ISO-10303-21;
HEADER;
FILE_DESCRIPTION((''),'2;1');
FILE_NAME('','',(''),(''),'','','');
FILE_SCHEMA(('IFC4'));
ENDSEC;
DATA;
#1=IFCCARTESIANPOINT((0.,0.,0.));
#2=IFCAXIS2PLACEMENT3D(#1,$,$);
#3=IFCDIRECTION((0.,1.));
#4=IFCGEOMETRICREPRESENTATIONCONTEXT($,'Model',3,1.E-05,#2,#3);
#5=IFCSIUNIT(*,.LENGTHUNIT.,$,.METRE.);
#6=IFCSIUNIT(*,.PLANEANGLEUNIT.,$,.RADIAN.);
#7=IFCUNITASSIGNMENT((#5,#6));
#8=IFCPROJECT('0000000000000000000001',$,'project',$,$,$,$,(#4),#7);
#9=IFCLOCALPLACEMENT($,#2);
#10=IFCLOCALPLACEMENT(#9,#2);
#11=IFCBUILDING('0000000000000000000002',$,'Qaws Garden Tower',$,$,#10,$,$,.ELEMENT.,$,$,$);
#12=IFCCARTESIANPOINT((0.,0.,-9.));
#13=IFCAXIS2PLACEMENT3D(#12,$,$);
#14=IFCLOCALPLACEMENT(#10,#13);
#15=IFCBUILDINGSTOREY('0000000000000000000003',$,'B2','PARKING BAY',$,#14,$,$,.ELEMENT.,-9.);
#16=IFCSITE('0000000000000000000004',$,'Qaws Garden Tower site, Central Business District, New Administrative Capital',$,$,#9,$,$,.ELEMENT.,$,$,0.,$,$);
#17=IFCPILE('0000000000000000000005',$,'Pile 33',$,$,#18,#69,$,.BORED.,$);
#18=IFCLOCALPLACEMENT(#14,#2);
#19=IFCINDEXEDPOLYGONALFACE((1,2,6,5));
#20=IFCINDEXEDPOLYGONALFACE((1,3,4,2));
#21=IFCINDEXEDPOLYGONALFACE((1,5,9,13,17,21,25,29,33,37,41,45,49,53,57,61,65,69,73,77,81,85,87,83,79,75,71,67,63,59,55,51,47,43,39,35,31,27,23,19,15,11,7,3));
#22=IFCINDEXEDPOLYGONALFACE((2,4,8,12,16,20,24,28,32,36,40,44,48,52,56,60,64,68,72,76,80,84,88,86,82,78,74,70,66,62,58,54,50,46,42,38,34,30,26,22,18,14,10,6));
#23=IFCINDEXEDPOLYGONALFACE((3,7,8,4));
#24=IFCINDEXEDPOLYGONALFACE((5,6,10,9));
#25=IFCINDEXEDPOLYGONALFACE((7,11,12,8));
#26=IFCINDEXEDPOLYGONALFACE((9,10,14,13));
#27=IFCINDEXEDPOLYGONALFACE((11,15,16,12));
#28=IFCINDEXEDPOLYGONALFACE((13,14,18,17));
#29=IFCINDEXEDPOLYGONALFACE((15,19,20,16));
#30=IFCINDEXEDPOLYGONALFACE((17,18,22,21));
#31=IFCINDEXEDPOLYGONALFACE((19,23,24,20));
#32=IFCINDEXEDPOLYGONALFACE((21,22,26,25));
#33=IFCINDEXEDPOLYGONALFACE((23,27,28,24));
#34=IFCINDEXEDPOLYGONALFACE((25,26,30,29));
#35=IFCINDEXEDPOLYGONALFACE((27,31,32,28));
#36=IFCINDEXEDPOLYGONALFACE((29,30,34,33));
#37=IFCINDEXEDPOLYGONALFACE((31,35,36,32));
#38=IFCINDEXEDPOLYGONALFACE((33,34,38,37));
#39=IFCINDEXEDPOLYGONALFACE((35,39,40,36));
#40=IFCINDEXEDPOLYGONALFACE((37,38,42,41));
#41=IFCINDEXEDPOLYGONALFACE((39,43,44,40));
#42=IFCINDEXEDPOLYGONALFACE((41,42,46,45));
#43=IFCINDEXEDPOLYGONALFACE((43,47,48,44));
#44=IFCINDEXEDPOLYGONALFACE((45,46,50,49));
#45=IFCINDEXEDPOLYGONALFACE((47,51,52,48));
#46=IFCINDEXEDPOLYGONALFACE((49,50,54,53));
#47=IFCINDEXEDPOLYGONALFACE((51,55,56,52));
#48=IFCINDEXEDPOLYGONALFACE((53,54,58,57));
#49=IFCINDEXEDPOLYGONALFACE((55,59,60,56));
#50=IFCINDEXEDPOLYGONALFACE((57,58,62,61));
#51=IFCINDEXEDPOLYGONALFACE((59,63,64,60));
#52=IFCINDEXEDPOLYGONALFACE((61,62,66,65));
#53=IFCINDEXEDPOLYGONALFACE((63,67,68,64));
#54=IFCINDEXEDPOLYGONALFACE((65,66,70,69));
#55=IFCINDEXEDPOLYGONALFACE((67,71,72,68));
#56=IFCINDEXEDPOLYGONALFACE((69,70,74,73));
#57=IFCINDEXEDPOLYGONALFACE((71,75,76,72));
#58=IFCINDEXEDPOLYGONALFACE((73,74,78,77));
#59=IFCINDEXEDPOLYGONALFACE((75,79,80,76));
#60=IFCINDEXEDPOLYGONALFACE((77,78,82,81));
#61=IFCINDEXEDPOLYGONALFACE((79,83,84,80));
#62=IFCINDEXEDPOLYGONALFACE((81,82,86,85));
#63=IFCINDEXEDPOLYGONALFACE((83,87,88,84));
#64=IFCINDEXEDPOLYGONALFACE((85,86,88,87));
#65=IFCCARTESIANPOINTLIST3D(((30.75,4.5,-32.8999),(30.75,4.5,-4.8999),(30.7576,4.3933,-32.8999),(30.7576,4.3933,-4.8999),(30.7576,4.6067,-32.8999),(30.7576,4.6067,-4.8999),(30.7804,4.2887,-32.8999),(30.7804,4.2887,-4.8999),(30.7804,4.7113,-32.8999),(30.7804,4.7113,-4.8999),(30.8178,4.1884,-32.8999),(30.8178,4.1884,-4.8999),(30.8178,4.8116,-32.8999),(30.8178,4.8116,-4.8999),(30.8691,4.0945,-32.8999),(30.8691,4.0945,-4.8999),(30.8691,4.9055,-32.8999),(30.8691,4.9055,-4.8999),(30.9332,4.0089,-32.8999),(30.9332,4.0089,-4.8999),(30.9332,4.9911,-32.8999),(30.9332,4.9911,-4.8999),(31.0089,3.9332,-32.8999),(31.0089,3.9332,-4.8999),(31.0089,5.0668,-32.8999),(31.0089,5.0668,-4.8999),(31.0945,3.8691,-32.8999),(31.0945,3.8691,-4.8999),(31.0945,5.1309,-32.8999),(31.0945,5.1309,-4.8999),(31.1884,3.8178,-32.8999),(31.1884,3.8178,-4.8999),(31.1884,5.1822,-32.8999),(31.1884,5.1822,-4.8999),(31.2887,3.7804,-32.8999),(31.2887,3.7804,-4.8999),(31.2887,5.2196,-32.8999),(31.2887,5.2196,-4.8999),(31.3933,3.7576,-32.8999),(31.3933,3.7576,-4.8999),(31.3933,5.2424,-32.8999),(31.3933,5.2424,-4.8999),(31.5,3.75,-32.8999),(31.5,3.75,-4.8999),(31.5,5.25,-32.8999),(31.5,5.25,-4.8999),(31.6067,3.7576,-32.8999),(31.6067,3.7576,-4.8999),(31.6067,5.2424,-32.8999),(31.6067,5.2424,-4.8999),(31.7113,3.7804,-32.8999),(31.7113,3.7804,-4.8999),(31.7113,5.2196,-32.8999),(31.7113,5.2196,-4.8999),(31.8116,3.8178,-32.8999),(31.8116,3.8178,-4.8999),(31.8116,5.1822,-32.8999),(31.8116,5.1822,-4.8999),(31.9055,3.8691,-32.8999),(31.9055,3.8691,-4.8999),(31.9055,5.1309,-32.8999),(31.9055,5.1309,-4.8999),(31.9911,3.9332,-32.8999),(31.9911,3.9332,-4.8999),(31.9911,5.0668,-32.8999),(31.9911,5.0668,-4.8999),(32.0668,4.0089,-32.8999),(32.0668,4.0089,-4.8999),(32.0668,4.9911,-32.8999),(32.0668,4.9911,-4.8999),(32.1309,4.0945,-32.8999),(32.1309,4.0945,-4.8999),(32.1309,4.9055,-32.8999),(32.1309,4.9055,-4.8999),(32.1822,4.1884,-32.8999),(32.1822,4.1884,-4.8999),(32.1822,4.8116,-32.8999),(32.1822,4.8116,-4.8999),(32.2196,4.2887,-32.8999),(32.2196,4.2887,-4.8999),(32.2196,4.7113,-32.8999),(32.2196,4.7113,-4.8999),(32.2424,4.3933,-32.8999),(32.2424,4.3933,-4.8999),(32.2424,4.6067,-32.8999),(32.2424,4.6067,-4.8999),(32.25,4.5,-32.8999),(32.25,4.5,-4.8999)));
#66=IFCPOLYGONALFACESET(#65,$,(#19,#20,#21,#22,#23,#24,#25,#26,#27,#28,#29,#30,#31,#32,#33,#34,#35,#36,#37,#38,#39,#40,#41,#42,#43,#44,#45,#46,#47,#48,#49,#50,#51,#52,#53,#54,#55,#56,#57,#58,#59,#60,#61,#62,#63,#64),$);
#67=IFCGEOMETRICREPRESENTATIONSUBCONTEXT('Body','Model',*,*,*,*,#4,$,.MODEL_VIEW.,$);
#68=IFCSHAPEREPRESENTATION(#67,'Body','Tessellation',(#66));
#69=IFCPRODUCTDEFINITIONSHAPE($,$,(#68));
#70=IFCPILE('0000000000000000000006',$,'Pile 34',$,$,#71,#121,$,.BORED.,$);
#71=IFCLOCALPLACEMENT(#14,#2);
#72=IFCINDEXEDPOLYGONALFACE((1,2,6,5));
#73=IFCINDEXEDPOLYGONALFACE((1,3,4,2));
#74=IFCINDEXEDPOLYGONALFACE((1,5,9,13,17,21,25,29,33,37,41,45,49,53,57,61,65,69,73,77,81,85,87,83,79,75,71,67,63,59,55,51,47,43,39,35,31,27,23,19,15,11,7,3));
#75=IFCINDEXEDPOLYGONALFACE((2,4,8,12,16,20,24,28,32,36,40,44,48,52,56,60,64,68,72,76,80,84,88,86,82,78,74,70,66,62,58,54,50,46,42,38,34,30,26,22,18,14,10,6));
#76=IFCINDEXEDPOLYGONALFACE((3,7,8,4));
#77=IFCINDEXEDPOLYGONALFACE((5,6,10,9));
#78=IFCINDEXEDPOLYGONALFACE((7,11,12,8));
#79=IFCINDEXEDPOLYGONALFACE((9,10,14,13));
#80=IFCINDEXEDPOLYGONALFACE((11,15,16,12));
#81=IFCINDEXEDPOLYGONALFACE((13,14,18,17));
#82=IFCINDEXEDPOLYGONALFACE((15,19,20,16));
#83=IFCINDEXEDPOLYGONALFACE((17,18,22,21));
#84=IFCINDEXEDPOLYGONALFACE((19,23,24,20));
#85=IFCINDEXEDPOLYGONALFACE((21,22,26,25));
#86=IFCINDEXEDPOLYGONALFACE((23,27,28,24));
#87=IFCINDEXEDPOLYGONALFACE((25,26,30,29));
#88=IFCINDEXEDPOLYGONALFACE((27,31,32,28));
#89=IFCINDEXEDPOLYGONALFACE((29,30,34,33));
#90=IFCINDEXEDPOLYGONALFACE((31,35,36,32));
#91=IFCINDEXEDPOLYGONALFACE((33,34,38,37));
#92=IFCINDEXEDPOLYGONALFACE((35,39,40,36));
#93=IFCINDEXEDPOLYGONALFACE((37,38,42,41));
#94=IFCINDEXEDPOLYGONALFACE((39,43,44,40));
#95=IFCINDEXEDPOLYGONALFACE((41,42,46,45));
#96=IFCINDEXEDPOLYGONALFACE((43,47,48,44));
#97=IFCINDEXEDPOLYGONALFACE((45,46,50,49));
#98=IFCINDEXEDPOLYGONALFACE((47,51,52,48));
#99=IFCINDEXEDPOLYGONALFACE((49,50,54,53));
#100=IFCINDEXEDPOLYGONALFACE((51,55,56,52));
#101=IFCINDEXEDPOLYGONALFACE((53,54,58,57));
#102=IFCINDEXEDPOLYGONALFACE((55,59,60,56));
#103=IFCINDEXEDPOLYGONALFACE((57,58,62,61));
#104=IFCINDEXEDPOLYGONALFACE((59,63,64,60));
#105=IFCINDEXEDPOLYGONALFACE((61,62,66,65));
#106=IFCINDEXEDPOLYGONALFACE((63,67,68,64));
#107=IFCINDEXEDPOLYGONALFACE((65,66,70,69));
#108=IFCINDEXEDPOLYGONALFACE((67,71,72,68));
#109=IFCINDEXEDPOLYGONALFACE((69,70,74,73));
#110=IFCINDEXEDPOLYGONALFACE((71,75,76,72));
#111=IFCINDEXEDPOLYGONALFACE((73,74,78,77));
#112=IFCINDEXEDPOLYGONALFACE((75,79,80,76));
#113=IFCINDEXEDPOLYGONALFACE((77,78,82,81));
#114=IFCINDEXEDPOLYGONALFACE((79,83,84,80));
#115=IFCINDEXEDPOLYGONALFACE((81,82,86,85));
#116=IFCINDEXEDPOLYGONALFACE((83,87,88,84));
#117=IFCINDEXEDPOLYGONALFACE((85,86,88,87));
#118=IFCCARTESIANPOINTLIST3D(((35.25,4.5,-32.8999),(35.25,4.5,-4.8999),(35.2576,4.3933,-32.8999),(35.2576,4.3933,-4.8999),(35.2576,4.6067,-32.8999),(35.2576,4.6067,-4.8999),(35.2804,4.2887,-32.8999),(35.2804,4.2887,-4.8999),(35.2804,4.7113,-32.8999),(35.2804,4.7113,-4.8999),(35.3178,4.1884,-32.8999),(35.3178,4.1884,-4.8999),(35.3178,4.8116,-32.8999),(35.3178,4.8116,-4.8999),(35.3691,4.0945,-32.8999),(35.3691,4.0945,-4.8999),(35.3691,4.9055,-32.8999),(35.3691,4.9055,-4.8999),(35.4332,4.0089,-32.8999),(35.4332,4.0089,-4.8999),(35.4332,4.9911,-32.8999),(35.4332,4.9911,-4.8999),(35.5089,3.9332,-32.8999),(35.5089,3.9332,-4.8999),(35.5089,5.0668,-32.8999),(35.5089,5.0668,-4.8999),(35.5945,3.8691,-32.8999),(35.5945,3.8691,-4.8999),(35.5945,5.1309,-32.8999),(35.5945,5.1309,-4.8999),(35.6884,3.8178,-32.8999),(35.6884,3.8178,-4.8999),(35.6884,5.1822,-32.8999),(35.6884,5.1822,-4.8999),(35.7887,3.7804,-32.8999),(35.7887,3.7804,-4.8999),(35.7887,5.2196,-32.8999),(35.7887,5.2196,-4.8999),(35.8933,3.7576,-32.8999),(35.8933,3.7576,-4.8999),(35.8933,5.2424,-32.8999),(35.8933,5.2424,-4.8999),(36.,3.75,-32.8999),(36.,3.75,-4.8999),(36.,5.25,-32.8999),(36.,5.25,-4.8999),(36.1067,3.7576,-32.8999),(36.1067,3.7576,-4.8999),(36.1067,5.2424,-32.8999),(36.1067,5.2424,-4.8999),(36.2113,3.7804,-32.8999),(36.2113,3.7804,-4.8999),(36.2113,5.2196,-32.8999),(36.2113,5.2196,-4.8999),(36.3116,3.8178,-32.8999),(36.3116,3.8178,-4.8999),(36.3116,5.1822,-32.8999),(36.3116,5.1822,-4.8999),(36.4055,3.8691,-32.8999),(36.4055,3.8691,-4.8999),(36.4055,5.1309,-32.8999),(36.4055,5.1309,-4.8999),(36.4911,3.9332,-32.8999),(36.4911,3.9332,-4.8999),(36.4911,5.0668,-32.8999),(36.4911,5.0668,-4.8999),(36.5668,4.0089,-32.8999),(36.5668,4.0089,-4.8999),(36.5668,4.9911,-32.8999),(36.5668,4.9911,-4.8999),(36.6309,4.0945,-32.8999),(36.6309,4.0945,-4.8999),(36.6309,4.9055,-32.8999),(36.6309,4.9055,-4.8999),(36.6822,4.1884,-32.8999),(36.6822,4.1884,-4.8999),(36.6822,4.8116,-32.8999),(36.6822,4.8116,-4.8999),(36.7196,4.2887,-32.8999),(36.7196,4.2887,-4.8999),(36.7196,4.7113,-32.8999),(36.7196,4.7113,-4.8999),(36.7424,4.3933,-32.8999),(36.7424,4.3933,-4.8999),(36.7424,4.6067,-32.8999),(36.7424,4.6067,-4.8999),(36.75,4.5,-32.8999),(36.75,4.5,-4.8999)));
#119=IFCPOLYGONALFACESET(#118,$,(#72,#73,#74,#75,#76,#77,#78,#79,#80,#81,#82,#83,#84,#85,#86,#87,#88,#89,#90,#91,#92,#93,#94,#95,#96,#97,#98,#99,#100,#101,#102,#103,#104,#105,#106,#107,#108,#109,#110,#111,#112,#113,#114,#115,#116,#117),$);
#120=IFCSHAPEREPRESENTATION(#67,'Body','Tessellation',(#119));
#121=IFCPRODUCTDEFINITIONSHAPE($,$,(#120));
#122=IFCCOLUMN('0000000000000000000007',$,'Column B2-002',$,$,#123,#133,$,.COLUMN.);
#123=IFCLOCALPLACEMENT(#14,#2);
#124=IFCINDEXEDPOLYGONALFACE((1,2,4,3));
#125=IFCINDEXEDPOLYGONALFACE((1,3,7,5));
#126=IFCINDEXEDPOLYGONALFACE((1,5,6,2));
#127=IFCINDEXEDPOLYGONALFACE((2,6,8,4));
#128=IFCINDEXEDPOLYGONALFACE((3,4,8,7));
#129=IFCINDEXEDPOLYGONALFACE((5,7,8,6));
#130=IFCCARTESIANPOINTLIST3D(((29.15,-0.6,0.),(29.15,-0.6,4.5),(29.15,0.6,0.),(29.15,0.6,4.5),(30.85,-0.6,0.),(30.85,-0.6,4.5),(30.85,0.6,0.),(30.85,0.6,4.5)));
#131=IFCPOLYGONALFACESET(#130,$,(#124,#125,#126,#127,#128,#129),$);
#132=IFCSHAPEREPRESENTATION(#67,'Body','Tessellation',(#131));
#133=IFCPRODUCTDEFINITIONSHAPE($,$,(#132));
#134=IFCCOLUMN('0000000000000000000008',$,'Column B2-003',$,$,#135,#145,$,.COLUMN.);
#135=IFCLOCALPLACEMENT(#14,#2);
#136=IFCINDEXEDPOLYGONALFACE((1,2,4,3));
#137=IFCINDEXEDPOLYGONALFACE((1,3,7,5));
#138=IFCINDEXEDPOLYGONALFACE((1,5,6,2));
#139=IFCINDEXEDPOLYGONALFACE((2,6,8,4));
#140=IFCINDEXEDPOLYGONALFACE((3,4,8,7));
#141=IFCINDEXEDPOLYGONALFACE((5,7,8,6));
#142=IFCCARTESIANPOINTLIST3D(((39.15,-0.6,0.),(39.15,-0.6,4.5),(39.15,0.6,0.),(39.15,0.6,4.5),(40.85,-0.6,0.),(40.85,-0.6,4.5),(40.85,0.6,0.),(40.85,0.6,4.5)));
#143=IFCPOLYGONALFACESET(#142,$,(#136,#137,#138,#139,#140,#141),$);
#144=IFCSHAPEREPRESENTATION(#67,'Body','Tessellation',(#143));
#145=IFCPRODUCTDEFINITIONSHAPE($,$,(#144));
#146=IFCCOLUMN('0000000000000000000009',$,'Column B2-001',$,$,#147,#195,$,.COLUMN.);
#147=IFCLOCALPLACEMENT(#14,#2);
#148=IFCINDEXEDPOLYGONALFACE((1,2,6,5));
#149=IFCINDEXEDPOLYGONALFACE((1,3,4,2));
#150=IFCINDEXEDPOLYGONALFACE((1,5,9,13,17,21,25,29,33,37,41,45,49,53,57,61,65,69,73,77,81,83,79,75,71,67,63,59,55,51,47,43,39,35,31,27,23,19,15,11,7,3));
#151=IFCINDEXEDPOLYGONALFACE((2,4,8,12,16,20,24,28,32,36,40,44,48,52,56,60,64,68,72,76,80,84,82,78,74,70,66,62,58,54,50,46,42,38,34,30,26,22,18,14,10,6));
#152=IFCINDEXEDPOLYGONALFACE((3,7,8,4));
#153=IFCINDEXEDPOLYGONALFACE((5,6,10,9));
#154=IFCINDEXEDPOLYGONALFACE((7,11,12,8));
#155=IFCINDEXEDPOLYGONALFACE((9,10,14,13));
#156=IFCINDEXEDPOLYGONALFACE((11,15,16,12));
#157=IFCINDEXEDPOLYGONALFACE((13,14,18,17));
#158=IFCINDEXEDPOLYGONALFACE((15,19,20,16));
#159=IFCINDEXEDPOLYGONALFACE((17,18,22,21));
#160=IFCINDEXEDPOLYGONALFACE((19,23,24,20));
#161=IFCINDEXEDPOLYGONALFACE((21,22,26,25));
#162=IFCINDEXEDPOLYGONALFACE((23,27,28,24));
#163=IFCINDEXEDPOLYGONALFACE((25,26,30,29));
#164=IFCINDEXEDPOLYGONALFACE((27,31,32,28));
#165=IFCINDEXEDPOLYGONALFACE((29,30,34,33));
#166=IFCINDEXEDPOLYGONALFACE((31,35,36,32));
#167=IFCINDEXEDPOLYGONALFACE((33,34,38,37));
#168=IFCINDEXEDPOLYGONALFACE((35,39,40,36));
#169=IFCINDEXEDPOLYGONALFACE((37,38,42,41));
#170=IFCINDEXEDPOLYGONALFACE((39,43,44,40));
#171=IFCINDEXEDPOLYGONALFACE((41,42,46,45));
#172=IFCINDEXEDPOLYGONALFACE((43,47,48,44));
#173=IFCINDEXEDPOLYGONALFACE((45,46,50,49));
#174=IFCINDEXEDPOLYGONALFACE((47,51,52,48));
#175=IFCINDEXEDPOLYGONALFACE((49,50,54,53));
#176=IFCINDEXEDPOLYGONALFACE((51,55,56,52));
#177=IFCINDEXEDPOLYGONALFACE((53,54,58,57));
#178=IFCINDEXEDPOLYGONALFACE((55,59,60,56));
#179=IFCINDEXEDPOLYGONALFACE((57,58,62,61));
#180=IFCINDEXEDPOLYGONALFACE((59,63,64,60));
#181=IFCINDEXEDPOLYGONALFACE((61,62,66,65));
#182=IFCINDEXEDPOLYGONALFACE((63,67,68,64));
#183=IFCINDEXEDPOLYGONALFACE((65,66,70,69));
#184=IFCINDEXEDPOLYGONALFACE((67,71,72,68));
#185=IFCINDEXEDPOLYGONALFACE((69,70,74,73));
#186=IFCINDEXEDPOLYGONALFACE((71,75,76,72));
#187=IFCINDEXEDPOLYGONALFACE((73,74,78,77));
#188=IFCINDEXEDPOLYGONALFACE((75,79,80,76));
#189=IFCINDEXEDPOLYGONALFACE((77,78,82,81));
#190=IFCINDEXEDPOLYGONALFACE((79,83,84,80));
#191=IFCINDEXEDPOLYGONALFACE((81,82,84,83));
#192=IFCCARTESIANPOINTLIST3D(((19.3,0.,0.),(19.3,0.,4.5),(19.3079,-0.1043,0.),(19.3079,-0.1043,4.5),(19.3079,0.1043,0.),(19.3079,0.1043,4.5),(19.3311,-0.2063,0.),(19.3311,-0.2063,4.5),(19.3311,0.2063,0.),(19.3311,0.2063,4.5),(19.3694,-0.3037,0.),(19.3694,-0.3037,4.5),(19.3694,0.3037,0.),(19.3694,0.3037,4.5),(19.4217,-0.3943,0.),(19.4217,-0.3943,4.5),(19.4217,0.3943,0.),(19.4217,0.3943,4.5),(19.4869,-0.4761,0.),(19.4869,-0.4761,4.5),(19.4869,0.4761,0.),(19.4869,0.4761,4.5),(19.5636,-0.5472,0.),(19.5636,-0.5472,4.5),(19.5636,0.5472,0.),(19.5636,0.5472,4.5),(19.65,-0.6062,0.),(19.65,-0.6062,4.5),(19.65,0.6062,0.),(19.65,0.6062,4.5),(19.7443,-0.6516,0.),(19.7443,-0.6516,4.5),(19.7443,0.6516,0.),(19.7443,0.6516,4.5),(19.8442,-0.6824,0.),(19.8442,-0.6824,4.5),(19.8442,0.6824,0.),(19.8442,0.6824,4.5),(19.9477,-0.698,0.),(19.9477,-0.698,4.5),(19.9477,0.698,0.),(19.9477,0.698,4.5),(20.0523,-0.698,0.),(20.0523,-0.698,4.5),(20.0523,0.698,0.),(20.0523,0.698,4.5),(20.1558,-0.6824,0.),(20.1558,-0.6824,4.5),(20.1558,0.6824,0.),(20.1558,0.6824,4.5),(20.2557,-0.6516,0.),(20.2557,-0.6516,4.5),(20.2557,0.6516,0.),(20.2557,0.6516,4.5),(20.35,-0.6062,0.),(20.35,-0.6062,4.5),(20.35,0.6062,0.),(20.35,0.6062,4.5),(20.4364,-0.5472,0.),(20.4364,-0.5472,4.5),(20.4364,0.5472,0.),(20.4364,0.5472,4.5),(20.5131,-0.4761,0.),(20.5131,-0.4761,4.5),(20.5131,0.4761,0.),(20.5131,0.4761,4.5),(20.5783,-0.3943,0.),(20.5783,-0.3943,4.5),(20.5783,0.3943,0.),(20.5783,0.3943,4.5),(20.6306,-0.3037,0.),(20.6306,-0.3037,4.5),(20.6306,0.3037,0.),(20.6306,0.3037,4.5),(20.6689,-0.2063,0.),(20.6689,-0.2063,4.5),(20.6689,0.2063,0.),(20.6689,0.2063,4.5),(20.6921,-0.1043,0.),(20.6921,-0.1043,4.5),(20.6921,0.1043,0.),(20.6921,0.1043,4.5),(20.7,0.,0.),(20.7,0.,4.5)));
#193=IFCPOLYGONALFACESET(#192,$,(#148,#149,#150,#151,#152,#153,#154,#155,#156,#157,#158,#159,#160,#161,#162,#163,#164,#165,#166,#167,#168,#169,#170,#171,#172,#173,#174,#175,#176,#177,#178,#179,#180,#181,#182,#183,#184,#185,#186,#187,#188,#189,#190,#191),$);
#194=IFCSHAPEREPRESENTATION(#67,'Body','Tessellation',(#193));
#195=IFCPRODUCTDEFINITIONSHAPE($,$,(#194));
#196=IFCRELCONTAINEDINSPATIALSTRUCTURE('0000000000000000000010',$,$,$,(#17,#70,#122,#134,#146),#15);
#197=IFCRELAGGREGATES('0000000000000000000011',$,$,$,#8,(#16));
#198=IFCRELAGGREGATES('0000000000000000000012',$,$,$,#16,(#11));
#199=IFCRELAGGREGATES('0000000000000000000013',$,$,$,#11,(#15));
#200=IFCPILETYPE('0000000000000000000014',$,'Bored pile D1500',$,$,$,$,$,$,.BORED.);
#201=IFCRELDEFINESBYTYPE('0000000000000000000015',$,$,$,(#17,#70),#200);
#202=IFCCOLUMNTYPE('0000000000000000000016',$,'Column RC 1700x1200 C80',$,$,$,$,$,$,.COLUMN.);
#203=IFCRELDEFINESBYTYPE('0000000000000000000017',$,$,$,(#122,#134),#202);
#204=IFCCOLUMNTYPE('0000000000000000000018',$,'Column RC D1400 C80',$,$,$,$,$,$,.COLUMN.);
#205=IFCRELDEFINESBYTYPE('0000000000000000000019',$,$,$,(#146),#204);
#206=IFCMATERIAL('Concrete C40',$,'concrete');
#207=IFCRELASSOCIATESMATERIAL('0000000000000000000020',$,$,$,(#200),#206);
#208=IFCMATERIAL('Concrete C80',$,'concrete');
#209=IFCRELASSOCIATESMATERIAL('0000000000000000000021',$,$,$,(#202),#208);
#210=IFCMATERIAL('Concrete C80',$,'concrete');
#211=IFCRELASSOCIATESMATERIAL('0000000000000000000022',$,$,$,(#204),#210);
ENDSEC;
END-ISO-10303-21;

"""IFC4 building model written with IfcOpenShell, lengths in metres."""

from ifc_helpers import new_model, si_unit, direction, frame, origin, origin_2d, place, context, subcontext, project, spatial, rectangle, circle, extrude, material, material_profile, profile_set, type_object, element, save


model = new_model("IFC4")

# Units and contexts
model_context = context("Model", 3, precision=1e-05, world=origin(), true_north=direction((0.0, 1.0)))
body_context = subcontext(model_context, "Body", "Model", "MODEL_VIEW")
ifc_project = project(units=[si_unit("LENGTHUNIT", "METRE"), si_unit("PLANEANGLEUNIT", "RADIAN")], contexts=[model_context])

# Site, building, storey
site_placement = place(None, origin())
site = spatial("IfcSite", under=ifc_project, at=site_placement, Name="Qaws Garden Tower site, Central Business District, New Administrative Capital", CompositionType="ELEMENT", RefElevation=0.0)
building_placement = place(site_placement, origin())
building = spatial("IfcBuilding", under=site, at=building_placement, Name="Qaws Garden Tower", CompositionType="ELEMENT")
storey_placement = place(building_placement, frame((0.0, 0.0, -9.0)))
storey = spatial("IfcBuildingStorey", under=building, at=storey_placement, Name="B2", Description="PARKING BAY", CompositionType="ELEMENT", Elevation=-9.0)

# Piles
ifc_material_1 = material(Name="Concrete C40", Category="concrete")
ifc_material_profile_1 = material_profile(ifc_material_1, circle(Radius=0.75, at=origin_2d()), Name="Bored pile D1500")
ifc_profile_set_1 = profile_set([ifc_material_profile_1], Name="Concrete C40")
pile_type = type_object("IfcPileType", Name="Bored pile D1500", PredefinedType="BORED", material=ifc_profile_set_1)
for number, where, z_axis, x_axis, name in (
    (1, (31.5, 4.5, -4.8999), (0.0, 0.0, -1.0), (1.0, 0.0, 0.0), "Pile 33"),
    (2, (36.0, 4.5, -4.8999), (0.0, 0.0, -1.0), (1.0, 0.0, 0.0), "Pile 34"),
):
    element("IfcPile", number, at=place(storey_placement, frame(where, z_axis=z_axis, x_axis=x_axis)), inside=storey, type_object=pile_type, Name=name, PredefinedType="BORED", context=body_context, shape_type="SweptSolid", body=[
        extrude(circle(Radius=0.75, at=origin_2d()), origin(), (0.0, 0.0, 1.0), 28.0),
    ])

# Columns
ifc_material_2 = material(Name="Concrete C80", Category="concrete")
ifc_material_profile_2 = material_profile(ifc_material_2, rectangle(XDim=1.7, YDim=1.2, at=origin_2d()), Name="RC 1700x1200")
ifc_profile_set_2 = profile_set([ifc_material_profile_2], Name="Concrete C80")
column_type_1 = type_object("IfcColumnType", Name="Column RC 1700x1200 C80", PredefinedType="COLUMN", material=ifc_profile_set_2)
for number, where, z_axis, x_axis, name in (
    (3, (30.0, 0.0, 0.0), (0.0, 0.0, 1.0), (1.0, 0.0, 0.0), "Column B2-002"),
    (4, (40.0, 0.0, 0.0), (0.0, 0.0, 1.0), (1.0, 0.0, 0.0), "Column B2-003"),
):
    element("IfcColumn", number, at=place(storey_placement, frame(where, z_axis=z_axis, x_axis=x_axis)), inside=storey, type_object=column_type_1, Name=name, PredefinedType="COLUMN", context=body_context, shape_type="SweptSolid", body=[
        extrude(rectangle(XDim=1.7, YDim=1.2, at=origin_2d()), origin(), (0.0, 0.0, 1.0), 4.5),
    ])
ifc_material_3 = material(Name="Concrete C80", Category="concrete")
ifc_material_profile_3 = material_profile(ifc_material_3, circle(Radius=0.7, at=origin_2d()), Name="RC D1400")
ifc_profile_set_3 = profile_set([ifc_material_profile_3], Name="Concrete C80")
column_type_2 = type_object("IfcColumnType", Name="Column RC D1400 C80", PredefinedType="COLUMN", material=ifc_profile_set_3)
column_placement = place(storey_placement, frame((20.0, 0.0, 0.0), z_axis=(0.0, 0.0, 1.0), x_axis=(1.0, 0.0, 0.0)))
element("IfcColumn", 5, at=column_placement, inside=storey, type_object=column_type_2, Name="Column B2-001", PredefinedType="COLUMN", context=body_context, shape_type="SweptSolid", body=[
    extrude(circle(Radius=0.7, at=origin_2d()), origin(), (0.0, 0.0, 1.0), 4.5),
])

save(model, "model.ifc")
